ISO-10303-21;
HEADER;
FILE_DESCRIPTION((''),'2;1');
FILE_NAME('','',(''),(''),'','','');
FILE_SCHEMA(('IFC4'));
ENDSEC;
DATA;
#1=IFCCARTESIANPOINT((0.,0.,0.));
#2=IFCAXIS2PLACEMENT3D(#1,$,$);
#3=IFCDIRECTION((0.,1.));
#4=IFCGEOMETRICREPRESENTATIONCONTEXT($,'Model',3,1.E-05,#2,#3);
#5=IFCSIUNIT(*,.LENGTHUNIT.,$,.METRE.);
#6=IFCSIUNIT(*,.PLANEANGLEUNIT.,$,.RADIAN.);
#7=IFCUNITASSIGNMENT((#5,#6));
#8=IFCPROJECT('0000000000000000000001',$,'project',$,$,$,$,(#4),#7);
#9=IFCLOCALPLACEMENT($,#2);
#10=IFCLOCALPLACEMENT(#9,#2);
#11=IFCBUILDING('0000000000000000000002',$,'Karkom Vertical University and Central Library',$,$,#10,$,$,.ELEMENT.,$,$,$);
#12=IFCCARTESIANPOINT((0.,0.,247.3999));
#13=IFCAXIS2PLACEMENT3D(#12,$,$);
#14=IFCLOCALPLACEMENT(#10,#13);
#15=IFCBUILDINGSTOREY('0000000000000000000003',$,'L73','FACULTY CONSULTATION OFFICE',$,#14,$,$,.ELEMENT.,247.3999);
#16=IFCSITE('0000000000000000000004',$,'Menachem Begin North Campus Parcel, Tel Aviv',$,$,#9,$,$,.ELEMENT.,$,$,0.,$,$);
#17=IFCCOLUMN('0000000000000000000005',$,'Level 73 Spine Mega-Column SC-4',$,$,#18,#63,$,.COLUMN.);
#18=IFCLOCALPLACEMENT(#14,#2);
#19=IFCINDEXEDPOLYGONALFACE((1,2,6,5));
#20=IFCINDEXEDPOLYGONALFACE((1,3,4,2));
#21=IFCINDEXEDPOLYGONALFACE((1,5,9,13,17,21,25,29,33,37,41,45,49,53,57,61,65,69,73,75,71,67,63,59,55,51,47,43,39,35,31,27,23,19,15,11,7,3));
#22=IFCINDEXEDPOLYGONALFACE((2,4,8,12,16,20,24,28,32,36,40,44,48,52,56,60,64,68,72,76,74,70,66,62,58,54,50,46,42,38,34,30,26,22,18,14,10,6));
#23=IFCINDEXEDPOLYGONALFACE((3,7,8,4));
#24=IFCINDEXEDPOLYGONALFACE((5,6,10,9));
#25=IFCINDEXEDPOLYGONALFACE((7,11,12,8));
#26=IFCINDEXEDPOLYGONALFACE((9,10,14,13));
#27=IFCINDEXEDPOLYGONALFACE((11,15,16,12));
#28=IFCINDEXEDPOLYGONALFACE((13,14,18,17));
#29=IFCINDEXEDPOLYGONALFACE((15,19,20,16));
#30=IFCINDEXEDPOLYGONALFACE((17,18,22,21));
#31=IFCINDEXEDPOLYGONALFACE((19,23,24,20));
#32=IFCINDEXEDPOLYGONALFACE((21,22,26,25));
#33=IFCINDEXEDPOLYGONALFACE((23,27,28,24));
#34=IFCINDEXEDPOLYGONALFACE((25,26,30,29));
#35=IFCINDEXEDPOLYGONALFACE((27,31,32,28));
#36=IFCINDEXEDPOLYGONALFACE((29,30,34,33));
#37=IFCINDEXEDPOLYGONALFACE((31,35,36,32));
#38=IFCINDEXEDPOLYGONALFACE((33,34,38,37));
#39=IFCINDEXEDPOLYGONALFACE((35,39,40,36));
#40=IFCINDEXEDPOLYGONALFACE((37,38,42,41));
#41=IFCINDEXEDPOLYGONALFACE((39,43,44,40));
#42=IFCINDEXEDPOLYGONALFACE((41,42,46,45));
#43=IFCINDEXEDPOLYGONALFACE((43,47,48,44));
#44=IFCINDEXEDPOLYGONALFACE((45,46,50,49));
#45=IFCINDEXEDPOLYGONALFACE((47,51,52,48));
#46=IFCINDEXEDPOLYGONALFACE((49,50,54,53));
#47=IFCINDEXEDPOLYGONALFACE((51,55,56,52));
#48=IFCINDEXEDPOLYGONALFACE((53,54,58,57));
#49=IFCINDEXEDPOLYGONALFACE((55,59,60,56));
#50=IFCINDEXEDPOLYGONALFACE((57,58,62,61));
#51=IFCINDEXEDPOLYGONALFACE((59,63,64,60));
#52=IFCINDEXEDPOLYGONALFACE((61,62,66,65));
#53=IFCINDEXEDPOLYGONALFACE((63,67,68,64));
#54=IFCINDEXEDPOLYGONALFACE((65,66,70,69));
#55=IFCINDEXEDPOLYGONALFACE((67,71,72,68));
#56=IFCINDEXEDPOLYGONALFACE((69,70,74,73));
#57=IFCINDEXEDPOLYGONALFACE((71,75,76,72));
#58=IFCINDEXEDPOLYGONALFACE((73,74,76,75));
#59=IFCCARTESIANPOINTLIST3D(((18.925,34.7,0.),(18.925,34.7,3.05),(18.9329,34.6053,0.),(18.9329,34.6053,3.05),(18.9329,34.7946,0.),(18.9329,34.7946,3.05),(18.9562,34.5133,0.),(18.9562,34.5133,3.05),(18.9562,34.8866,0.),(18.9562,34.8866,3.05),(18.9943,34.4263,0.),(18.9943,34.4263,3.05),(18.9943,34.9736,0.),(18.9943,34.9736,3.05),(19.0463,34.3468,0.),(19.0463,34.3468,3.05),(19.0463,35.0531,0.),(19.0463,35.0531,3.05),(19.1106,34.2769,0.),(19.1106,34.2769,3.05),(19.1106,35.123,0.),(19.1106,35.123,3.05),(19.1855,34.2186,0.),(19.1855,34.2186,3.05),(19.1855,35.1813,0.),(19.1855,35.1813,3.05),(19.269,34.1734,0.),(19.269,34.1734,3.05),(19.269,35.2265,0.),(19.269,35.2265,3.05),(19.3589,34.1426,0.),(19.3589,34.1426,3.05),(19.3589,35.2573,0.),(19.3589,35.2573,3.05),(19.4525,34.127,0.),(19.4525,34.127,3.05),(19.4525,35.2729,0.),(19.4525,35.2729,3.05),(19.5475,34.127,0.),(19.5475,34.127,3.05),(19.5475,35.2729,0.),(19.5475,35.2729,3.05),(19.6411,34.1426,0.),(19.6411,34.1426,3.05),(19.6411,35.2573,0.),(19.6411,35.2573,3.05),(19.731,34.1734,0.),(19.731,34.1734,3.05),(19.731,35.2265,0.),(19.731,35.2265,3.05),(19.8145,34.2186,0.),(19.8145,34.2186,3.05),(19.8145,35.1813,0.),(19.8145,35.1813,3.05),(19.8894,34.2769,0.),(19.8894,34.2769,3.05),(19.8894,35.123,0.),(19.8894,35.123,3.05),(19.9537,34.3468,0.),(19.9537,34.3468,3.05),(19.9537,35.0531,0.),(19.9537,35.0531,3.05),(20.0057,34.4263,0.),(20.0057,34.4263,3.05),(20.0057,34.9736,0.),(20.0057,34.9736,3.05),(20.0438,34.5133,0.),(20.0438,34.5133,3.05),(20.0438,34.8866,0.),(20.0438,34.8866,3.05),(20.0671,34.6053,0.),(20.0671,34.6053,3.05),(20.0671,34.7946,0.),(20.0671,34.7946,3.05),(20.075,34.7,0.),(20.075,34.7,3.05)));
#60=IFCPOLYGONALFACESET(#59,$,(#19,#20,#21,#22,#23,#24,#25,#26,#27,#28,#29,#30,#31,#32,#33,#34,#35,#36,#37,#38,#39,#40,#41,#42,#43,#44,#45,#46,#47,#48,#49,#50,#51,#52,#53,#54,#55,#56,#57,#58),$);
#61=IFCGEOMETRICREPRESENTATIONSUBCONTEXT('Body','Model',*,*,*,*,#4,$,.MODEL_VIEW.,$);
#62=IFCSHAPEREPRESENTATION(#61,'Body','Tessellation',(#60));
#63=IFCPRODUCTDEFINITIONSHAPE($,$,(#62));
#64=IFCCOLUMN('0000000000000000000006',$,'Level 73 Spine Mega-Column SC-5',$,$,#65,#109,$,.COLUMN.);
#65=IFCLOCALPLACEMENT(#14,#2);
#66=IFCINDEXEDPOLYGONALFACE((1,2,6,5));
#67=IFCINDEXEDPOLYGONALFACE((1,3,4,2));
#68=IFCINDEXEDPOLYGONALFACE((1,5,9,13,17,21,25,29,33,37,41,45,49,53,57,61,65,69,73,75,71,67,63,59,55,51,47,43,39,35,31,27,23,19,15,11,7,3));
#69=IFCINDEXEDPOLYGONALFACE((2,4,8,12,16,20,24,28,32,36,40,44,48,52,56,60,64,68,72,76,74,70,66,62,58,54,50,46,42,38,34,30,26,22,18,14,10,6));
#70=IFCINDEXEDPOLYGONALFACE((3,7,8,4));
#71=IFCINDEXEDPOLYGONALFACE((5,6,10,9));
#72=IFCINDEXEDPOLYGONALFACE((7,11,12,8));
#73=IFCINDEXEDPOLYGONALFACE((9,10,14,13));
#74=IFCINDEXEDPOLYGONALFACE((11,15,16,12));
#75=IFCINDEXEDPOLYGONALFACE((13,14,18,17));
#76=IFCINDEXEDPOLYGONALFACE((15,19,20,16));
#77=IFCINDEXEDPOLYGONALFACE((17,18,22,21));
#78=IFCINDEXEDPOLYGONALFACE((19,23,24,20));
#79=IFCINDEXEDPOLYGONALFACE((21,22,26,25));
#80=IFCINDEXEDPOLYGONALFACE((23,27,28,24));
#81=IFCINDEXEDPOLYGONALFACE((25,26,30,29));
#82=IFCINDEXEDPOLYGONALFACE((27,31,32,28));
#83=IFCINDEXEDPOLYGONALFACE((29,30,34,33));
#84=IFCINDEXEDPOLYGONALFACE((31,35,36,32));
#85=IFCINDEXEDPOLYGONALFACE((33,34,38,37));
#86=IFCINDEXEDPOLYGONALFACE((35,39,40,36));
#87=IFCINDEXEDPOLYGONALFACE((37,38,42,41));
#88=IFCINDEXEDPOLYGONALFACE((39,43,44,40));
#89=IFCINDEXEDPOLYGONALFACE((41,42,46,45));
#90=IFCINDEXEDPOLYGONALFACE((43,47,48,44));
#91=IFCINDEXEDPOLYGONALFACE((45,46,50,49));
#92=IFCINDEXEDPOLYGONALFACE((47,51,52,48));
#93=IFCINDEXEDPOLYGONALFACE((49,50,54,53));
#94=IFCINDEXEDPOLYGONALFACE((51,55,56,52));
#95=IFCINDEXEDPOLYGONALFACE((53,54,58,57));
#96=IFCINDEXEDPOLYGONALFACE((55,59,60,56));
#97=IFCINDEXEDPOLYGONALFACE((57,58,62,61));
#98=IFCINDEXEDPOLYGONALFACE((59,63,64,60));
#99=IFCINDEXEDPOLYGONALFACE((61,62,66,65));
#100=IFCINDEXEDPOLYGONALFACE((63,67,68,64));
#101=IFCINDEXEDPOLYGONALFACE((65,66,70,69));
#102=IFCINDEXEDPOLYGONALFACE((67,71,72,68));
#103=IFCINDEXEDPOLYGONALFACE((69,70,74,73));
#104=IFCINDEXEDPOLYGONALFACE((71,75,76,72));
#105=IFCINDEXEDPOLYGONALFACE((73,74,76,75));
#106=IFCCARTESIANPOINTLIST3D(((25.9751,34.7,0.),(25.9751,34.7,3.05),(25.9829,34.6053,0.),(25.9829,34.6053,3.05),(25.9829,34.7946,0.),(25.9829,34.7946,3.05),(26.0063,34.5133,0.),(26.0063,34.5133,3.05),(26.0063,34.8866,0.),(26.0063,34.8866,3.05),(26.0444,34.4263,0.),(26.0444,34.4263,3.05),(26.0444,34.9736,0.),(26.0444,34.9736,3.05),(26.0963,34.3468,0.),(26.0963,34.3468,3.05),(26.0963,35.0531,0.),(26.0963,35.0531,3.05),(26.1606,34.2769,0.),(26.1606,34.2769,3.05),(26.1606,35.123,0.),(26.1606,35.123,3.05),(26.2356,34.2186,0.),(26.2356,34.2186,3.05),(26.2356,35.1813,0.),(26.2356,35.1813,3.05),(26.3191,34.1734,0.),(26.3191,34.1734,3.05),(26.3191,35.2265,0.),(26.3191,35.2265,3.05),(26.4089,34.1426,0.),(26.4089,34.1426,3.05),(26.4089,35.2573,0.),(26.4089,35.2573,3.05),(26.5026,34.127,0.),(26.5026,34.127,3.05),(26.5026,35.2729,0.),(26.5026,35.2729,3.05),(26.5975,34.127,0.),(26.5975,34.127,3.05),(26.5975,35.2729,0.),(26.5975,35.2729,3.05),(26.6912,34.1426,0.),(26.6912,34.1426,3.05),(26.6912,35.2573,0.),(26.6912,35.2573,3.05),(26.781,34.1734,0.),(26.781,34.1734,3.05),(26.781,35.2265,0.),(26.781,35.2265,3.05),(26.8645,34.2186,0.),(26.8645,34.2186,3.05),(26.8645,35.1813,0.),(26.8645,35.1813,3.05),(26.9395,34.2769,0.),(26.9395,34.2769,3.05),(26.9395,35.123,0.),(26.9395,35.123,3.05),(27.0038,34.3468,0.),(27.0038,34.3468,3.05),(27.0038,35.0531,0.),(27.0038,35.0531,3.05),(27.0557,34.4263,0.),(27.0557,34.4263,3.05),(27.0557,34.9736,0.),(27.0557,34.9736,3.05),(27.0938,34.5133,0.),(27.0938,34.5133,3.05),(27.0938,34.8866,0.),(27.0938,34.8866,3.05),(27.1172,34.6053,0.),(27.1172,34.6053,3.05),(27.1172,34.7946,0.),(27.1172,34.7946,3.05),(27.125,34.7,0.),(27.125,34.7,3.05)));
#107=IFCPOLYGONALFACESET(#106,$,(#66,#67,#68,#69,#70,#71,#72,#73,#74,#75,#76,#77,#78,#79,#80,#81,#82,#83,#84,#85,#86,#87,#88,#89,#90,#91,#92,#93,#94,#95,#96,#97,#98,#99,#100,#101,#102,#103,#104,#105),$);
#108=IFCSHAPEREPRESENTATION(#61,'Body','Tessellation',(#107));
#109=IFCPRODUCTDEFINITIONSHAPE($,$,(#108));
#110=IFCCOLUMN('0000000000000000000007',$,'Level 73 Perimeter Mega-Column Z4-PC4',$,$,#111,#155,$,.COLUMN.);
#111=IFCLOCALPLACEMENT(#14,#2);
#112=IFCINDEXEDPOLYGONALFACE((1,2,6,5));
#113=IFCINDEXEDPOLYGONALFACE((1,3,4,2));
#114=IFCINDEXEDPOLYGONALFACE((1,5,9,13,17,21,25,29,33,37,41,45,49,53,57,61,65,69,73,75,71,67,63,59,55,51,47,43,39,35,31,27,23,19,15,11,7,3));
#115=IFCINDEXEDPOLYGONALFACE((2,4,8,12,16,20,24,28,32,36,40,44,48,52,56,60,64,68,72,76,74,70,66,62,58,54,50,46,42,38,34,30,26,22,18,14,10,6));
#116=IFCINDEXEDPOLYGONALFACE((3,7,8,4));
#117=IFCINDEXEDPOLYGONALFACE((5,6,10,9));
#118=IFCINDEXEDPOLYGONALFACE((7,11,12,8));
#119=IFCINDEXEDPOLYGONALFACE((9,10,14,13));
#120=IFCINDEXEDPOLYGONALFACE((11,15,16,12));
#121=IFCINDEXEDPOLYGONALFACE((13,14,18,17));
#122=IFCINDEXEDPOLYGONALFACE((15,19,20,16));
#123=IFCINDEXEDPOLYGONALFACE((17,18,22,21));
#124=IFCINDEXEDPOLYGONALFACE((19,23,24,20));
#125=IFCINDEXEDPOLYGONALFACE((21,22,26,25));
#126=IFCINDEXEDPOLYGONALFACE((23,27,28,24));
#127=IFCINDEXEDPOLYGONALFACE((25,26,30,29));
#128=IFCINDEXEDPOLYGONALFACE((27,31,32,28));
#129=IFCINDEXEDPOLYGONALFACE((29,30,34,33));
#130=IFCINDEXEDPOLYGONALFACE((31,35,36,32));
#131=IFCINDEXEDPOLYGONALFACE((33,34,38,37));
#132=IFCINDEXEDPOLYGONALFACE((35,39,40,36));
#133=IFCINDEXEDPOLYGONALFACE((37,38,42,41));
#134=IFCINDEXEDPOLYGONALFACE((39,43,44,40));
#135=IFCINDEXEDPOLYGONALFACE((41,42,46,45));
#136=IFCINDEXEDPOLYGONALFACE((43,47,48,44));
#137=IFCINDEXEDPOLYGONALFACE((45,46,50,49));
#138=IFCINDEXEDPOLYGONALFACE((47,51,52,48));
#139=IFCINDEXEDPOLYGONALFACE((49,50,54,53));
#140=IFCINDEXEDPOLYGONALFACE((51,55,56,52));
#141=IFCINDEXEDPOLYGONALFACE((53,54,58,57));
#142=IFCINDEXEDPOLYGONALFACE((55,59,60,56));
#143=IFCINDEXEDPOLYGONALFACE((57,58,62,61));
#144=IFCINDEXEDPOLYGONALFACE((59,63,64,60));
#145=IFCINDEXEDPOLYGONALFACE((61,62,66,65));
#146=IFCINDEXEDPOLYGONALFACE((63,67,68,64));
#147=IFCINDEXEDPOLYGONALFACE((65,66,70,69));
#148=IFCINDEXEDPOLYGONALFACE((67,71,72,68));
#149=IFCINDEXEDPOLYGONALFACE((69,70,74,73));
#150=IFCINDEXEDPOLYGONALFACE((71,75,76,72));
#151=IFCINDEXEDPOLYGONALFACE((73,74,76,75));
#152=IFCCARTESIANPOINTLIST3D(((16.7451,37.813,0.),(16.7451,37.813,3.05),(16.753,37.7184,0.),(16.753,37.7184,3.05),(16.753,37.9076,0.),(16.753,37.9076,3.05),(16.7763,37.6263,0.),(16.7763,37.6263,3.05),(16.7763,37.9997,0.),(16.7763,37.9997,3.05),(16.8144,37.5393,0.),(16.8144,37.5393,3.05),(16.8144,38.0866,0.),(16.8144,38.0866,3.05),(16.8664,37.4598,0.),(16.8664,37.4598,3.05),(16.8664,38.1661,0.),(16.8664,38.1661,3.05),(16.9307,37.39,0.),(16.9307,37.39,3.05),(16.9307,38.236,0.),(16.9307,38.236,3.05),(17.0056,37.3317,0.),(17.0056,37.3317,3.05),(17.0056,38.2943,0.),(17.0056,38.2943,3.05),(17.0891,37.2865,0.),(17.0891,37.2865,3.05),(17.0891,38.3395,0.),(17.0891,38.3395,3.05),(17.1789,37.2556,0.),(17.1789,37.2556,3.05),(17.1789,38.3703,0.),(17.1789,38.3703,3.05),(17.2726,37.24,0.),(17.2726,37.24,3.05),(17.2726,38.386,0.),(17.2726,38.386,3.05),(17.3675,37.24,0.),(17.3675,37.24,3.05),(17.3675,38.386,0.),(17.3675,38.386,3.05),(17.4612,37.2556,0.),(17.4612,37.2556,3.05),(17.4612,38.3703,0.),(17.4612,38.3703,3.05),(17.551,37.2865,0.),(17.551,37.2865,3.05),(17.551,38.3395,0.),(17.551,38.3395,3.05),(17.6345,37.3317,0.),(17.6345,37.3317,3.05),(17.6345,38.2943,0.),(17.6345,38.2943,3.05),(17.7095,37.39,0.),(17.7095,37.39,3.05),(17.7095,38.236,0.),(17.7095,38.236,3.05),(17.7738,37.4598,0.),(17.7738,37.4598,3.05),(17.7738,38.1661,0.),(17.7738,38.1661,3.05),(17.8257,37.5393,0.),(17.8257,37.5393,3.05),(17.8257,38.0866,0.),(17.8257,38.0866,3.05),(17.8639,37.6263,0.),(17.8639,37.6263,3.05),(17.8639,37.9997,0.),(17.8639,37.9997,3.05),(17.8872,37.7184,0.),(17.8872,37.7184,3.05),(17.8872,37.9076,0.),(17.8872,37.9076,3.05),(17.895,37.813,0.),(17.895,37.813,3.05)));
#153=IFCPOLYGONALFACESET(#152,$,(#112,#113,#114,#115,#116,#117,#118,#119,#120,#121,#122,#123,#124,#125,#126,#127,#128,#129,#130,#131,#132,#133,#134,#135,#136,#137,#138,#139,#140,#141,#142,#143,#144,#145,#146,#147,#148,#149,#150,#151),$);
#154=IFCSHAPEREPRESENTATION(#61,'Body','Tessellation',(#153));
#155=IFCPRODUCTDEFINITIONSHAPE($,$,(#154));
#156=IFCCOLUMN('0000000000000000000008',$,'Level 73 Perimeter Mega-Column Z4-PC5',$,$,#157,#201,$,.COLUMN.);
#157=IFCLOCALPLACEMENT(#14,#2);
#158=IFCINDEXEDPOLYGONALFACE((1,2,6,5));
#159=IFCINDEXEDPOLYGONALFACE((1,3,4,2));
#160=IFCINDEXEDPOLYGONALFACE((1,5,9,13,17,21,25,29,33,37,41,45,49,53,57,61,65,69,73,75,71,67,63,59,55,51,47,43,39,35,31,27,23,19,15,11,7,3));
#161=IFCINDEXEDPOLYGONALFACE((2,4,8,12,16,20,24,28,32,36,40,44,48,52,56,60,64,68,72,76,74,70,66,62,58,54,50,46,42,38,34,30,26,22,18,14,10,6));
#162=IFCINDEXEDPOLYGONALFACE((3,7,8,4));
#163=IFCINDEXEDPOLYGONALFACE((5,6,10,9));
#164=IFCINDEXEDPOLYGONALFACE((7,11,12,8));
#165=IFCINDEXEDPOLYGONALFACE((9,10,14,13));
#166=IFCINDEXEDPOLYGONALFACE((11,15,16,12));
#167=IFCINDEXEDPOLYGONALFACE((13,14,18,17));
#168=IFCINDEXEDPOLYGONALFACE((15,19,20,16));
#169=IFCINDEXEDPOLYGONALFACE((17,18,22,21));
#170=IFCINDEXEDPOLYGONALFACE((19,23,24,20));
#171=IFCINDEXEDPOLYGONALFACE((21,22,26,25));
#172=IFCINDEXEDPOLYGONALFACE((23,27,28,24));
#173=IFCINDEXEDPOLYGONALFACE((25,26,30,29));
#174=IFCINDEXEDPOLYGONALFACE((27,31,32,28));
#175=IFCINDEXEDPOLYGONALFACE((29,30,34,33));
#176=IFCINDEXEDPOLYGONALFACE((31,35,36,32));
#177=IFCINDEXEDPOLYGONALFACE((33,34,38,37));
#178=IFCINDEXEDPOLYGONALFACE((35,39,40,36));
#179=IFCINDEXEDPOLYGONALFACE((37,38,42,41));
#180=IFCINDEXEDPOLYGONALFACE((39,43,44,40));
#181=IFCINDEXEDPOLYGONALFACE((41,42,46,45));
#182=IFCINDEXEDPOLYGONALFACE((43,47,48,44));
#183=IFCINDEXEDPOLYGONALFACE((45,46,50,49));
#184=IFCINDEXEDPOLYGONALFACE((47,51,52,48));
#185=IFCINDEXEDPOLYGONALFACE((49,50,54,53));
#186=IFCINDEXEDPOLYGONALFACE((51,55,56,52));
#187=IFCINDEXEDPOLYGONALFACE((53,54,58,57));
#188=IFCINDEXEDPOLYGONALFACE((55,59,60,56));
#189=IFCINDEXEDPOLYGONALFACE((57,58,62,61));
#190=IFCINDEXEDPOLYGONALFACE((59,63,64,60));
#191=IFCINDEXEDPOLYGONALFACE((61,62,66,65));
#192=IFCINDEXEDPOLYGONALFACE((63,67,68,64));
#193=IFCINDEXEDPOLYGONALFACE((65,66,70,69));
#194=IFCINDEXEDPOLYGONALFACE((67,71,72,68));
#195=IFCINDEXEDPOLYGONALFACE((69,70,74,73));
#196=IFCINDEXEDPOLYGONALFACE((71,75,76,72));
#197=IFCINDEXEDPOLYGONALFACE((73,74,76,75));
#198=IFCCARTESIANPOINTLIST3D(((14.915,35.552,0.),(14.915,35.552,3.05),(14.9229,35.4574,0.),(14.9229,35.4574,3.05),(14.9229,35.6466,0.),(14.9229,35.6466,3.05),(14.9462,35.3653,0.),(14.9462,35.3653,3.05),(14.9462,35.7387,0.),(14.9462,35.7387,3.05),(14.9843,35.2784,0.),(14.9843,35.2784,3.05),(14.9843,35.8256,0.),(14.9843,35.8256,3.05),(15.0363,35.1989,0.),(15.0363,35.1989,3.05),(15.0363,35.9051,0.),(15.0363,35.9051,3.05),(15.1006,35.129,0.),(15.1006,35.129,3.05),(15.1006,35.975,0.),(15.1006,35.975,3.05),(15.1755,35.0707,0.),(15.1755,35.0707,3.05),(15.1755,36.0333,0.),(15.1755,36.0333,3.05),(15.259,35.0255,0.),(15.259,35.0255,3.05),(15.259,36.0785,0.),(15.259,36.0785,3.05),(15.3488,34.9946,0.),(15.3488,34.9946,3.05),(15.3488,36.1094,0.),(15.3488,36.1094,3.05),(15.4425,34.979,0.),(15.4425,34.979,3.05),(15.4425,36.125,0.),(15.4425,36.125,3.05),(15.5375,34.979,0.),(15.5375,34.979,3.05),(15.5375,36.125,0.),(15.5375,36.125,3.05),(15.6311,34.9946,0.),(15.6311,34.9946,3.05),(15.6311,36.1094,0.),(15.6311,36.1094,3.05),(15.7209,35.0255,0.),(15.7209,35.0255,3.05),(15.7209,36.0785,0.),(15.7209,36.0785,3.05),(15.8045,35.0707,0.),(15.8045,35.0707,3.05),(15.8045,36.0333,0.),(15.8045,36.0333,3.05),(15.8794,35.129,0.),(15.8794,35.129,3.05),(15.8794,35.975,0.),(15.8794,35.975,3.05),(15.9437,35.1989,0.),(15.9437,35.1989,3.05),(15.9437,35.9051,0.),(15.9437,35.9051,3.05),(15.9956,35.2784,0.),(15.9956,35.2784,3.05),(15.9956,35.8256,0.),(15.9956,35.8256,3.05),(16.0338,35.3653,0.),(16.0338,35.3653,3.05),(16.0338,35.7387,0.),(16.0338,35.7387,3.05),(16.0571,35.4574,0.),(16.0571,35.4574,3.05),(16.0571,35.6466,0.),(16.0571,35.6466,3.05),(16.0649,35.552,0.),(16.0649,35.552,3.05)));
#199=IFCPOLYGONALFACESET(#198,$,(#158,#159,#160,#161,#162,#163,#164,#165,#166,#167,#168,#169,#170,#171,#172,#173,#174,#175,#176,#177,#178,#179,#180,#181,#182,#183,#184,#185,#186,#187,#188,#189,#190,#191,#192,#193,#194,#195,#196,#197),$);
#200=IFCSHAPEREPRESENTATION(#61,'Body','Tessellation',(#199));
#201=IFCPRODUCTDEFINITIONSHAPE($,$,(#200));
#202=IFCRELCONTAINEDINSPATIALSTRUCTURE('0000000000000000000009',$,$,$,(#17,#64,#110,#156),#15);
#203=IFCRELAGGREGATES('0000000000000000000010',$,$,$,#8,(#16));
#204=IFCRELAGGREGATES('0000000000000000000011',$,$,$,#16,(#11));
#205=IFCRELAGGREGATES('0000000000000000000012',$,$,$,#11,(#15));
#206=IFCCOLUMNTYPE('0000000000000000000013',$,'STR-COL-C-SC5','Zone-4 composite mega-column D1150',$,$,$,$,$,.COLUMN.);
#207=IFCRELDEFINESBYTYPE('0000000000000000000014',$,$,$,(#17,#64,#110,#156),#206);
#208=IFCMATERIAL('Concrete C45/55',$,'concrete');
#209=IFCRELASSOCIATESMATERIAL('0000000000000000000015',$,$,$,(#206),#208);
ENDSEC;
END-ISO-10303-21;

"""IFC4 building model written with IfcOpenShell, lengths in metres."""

from ifc_helpers import new_model, si_unit, direction, frame, origin, origin_with_axes, origin_2d, place, context, subcontext, project, spatial, circle, extrude, source, transform, mapped, material, material_profile, profile_set, type_object, element, save


model = new_model("IFC4")

# Units and contexts
model_context = context("Model", 3, precision=1e-05, world=origin(), true_north=direction((0.0, 1.0)))
body_context = subcontext(model_context, "Body", "Model", "MODEL_VIEW")
ifc_project = project(units=[si_unit("LENGTHUNIT", "METRE"), si_unit("PLANEANGLEUNIT", "RADIAN")], contexts=[model_context])

# Site, building, storey
site_placement = place(None, origin())
site = spatial("IfcSite", under=ifc_project, at=site_placement, Name="Menachem Begin North Campus Parcel, Tel Aviv", CompositionType="ELEMENT", RefElevation=0.0)
building_placement = place(site_placement, origin())
building = spatial("IfcBuilding", under=site, at=building_placement, Name="Karkom Vertical University and Central Library", CompositionType="ELEMENT")
storey_placement = place(building_placement, frame((0.0, 0.0, 247.3999)))
storey = spatial("IfcBuildingStorey", under=building, at=storey_placement, Name="L73", Description="FACULTY CONSULTATION OFFICE", CompositionType="ELEMENT", Elevation=247.3999)

# Columns
ifc_material_1 = material(Name="Concrete C45/55", Category="concrete")
ifc_material_profile_1 = material_profile(ifc_material_1, circle(Radius=0.575, at=origin_2d()), Name="CFT-D1150")
ifc_profile_set_1 = profile_set([ifc_material_profile_1], Name="Concrete C45/55")
column_type = type_object("IfcColumnType", Name="STR-COL-C-SC5", Description="Zone-4 composite mega-column D1150", PredefinedType="COLUMN", material=ifc_profile_set_1)
shared_shape_1 = source(origin_with_axes(), body_context, "Body", "SweptSolid", [
    extrude(circle(Radius=0.575, at=origin_2d()), origin(), (0.0, 0.0, 1.0), 3.05),
])
for number, where, z_axis, x_axis, name in (
    (1, (19.5, 34.7, 0.0), (0.0, 0.0, 1.0), (1.0, 0.0, 0.0), "Level 73 Spine Mega-Column SC-4"),
    (2, (26.55, 34.7, 0.0), (0.0, 0.0, 1.0), (1.0, 0.0, 0.0), "Level 73 Spine Mega-Column SC-5"),
    (3, (17.3201, 37.813, 0.0), (0.0, 0.0, 1.0), (1.0, 0.0, 0.0), "Level 73 Perimeter Mega-Column Z4-PC4"),
    (4, (15.49, 35.552, 0.0), (0.0, 0.0, 1.0), (1.0, 0.0, 0.0), "Level 73 Perimeter Mega-Column Z4-PC5"),
):
    element("IfcColumn", number, at=place(storey_placement, frame(where, z_axis=z_axis, x_axis=x_axis)), inside=storey, type_object=column_type, Name=name, PredefinedType="COLUMN", context=body_context, shape_type="MappedRepresentation", body=[
        mapped(shared_shape_1, transform((0.0, 0.0, 0.0), scale=1.0)),
    ])

save(model, "model.ifc")
